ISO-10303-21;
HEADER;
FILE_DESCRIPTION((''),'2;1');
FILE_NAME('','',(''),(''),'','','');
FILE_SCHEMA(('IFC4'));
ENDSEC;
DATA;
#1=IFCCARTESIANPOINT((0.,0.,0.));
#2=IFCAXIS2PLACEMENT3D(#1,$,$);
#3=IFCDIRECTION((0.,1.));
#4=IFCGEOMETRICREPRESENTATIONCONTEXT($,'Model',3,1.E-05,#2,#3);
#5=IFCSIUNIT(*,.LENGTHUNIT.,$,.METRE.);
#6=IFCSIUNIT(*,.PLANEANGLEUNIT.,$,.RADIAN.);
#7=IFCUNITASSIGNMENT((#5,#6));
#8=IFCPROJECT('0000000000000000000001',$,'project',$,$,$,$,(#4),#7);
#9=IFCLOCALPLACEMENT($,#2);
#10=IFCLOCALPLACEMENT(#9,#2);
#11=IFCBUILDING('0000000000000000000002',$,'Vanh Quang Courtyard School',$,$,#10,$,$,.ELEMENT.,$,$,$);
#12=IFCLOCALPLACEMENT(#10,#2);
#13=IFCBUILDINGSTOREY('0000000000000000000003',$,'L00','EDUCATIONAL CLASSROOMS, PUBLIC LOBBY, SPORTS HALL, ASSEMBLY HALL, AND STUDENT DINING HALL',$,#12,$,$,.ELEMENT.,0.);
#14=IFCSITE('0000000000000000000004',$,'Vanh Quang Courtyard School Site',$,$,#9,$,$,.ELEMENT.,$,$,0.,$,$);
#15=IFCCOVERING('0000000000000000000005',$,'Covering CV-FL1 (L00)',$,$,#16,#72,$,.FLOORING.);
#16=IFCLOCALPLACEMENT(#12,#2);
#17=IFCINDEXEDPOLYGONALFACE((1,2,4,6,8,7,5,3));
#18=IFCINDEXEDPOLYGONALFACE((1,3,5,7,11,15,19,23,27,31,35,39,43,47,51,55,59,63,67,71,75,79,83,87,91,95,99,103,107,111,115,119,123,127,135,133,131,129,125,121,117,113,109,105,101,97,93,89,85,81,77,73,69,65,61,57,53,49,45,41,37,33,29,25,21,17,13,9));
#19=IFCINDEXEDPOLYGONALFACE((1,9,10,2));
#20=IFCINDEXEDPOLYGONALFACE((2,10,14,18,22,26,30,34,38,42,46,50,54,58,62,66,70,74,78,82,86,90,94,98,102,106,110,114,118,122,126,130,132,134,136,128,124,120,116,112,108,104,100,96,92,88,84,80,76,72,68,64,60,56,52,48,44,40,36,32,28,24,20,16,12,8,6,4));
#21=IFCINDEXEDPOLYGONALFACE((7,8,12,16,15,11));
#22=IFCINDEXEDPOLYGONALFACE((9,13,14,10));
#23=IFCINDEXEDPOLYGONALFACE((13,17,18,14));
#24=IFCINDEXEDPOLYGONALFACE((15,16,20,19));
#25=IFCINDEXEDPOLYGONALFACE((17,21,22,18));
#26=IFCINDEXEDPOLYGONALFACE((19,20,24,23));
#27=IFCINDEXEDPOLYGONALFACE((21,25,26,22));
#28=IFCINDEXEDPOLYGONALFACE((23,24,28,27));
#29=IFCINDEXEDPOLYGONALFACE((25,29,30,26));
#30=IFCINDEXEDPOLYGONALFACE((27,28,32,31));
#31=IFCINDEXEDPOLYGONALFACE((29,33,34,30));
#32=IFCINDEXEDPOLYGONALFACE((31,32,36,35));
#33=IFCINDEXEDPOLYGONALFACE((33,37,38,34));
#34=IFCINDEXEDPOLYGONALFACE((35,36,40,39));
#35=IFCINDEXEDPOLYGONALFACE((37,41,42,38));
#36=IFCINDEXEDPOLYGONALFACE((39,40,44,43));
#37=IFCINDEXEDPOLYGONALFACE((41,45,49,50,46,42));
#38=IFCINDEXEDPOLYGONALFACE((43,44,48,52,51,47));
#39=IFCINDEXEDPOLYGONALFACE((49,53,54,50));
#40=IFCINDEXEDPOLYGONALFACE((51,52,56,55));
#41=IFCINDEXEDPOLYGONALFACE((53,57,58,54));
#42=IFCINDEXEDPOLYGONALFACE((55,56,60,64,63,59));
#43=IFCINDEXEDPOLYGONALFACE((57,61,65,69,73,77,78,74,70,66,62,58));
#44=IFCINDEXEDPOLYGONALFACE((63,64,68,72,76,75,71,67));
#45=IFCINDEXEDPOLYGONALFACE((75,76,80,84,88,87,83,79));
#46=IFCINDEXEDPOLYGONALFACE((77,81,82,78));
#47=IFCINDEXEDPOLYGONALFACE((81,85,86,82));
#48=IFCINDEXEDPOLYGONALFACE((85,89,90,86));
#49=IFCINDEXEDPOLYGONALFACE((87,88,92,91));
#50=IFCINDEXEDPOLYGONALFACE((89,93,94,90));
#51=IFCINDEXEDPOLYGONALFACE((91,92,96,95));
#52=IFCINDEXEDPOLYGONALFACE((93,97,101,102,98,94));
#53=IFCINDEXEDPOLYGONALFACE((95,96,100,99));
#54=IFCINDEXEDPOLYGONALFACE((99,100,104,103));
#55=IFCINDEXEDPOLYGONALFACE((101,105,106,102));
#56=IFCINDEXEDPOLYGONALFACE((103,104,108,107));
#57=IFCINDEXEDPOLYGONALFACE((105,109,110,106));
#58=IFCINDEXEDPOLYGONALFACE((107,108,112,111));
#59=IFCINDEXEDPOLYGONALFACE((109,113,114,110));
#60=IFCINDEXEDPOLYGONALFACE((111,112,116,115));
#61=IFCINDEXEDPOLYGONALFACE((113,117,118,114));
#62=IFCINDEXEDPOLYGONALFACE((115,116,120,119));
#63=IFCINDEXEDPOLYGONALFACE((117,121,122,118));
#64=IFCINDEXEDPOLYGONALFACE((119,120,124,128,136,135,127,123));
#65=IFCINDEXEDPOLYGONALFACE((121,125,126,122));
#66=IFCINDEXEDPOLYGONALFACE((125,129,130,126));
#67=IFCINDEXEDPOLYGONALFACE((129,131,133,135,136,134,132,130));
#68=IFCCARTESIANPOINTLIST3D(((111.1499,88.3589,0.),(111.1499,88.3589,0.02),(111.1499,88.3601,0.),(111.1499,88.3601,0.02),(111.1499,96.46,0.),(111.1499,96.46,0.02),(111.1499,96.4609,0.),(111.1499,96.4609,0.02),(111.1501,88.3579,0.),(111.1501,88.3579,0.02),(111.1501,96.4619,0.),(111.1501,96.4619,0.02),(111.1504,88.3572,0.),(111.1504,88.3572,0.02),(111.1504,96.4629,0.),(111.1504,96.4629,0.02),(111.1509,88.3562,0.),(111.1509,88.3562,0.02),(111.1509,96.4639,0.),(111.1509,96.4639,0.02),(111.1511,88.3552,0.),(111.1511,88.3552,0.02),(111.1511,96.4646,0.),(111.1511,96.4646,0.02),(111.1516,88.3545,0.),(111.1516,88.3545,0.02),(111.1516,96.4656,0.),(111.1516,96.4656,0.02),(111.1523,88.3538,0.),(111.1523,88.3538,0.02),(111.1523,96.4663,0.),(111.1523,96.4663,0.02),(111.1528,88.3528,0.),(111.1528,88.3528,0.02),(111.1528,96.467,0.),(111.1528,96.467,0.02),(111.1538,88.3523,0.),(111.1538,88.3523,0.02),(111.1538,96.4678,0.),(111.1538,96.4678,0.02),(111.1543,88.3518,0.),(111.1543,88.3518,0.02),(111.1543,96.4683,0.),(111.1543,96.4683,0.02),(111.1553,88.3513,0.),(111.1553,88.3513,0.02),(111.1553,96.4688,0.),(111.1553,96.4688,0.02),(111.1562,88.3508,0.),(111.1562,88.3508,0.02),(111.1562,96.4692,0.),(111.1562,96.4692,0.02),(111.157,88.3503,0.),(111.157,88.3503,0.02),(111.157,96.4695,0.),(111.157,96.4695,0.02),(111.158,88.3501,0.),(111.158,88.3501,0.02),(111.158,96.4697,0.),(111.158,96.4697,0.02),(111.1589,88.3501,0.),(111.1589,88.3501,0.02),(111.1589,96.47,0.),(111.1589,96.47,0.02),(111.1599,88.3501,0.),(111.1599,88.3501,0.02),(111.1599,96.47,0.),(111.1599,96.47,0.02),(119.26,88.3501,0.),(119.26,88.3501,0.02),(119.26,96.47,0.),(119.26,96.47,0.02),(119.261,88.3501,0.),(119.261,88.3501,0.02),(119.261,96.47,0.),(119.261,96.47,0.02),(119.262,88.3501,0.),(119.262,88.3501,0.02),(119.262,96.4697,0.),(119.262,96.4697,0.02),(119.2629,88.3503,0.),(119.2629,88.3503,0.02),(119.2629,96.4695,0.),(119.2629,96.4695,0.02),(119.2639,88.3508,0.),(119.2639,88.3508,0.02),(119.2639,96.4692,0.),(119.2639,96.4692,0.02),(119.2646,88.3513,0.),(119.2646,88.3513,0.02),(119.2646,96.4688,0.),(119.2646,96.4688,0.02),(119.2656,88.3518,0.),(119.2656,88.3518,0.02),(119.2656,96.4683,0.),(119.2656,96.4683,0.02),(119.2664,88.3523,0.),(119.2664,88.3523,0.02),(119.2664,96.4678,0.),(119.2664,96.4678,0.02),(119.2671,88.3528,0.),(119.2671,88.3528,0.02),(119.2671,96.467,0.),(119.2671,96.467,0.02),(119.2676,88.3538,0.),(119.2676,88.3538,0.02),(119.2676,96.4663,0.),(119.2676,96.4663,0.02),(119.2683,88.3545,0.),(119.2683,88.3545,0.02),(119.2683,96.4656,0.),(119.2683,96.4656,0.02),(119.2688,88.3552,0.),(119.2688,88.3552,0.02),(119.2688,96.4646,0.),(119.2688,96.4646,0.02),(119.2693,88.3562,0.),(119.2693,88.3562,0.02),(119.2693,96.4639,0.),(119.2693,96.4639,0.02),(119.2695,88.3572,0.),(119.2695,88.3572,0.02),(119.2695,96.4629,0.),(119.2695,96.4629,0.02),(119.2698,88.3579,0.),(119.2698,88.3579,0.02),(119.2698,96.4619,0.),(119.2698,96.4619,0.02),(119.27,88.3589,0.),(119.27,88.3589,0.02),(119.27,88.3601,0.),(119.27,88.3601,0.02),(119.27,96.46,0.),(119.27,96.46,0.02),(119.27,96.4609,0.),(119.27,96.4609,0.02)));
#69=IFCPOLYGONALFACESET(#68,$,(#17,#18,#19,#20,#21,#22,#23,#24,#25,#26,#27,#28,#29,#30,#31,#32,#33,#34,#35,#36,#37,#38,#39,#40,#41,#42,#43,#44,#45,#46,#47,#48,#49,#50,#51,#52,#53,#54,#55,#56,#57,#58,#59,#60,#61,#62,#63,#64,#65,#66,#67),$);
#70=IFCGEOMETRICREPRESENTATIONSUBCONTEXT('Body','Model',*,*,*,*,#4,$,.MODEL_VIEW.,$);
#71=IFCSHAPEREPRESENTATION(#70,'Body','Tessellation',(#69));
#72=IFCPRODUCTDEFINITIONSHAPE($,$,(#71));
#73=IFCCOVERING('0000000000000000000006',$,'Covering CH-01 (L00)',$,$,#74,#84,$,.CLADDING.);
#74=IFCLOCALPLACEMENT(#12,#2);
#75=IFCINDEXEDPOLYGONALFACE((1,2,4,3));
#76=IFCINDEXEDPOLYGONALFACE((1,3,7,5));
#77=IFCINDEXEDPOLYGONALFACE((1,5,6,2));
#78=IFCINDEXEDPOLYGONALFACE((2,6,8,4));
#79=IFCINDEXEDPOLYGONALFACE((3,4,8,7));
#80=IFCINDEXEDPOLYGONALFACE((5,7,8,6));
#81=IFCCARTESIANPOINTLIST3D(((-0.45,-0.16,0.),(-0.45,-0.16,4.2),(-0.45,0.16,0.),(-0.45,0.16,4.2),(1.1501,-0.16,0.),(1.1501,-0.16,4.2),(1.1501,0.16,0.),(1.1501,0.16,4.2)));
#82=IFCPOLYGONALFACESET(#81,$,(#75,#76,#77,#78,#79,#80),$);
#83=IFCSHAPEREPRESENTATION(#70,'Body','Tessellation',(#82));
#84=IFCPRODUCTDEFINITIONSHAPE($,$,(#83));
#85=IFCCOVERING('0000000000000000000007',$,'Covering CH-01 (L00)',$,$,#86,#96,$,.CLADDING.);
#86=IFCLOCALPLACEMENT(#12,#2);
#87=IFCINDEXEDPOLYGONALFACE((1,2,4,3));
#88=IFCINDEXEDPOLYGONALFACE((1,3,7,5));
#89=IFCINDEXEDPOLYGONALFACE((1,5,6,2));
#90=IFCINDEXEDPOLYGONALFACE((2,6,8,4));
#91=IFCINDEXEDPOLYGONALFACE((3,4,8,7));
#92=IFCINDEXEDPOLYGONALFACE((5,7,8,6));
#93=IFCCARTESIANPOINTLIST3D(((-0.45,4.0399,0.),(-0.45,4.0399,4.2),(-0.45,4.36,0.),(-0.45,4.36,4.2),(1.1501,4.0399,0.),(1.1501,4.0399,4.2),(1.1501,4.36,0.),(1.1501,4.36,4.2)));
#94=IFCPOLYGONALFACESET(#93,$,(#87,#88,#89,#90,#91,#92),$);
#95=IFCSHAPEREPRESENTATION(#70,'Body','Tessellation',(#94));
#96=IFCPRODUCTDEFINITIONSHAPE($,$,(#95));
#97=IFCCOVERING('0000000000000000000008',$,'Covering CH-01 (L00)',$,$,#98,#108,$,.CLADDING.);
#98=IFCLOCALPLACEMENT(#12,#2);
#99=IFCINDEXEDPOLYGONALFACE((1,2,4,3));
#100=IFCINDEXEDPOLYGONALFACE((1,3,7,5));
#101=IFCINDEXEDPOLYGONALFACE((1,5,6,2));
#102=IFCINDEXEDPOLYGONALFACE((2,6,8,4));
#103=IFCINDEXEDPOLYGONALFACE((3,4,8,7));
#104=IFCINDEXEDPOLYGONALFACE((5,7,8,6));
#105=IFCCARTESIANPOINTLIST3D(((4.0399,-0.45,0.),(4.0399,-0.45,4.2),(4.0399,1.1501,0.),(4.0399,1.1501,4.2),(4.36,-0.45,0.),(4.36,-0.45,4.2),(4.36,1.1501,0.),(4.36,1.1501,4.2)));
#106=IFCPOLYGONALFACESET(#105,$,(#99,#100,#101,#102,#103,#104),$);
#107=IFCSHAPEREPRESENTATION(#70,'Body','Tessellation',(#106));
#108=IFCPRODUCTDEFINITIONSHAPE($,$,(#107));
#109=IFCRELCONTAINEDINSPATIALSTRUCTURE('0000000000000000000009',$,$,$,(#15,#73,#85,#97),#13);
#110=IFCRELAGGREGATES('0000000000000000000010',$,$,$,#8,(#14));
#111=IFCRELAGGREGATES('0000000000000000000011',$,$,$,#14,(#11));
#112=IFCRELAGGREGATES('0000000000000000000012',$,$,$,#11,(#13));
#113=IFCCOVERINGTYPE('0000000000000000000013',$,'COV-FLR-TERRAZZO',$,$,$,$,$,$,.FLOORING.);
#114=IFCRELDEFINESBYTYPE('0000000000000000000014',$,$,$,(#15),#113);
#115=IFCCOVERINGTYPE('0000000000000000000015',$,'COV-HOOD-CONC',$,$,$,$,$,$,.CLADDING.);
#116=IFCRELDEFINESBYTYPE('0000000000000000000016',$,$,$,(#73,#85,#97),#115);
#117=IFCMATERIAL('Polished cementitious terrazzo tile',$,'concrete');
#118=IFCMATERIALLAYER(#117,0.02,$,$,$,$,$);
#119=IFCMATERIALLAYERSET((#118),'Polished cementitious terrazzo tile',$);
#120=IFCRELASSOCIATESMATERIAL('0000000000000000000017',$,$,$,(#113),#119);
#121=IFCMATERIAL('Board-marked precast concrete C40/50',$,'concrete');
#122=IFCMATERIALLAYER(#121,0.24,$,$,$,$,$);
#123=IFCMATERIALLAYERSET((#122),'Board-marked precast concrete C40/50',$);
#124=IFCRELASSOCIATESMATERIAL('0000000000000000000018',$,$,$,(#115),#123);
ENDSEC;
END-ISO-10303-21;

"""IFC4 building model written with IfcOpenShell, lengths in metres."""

from ifc_helpers import new_model, si_unit, direction, frame, origin, origin_2d, place, context, subcontext, project, spatial, polyline, rectangle, outline, extrude, material, layer, layer_set, type_object, element, save


model = new_model("IFC4")

# Units and contexts
model_context = context("Model", 3, precision=1e-05, world=origin(), true_north=direction((0.0, 1.0)))
body_context = subcontext(model_context, "Body", "Model", "MODEL_VIEW")
ifc_project = project(units=[si_unit("LENGTHUNIT", "METRE"), si_unit("PLANEANGLEUNIT", "RADIAN")], contexts=[model_context])

# Site, building, storey
site_placement = place(None, origin())
site = spatial("IfcSite", under=ifc_project, at=site_placement, Name="Vanh Quang Courtyard School Site", CompositionType="ELEMENT", RefElevation=0.0)
building_placement = place(site_placement, origin())
building = spatial("IfcBuilding", under=site, at=building_placement, Name="Vanh Quang Courtyard School", CompositionType="ELEMENT")
storey_placement = place(building_placement, origin())
storey = spatial("IfcBuildingStorey", under=building, at=storey_placement, Name="L00", Description="EDUCATIONAL CLASSROOMS, PUBLIC LOBBY, SPORTS HALL, ASSEMBLY HALL, AND STUDENT DINING HALL", CompositionType="ELEMENT", Elevation=0.0)

# Coverings
ifc_material_1 = material(Name="Polished cementitious terrazzo tile", Category="concrete")
ifc_layer_1 = layer(ifc_material_1, 0.02)
ifc_layer_set_1 = layer_set([ifc_layer_1], Name="Polished cementitious terrazzo tile")
covering_type_1 = type_object("IfcCoveringType", Name="COV-FLR-TERRAZZO", PredefinedType="FLOORING", material=ifc_layer_set_1)
covering_1_placement = place(storey_placement, origin())
element("IfcCovering", 1, at=covering_1_placement, inside=storey, type_object=covering_type_1, Name="Covering CV-FL1 (L00)", PredefinedType="FLOORING", context=body_context, shape_type="SweptSolid", body=[
    extrude(outline(polyline([(111.1599, 88.3501), (111.1589, 88.3501), (111.158, 88.3501), (111.157, 88.3503), (111.1562, 88.3508), (111.1553, 88.3513), (111.1543, 88.3518), (111.1538, 88.3523), (111.1528, 88.3528), (111.1523, 88.3538), (111.1516, 88.3545), (111.1511, 88.3552), (111.1509, 88.3562), (111.1504, 88.3572), (111.1501, 88.3579), (111.1499, 88.3589), (111.1499, 88.3601), (111.1499, 96.46), (111.1499, 96.4609), (111.1501, 96.4619), (111.1504, 96.4629), (111.1509, 96.4639), (111.1511, 96.4646), (111.1516, 96.4656), (111.1523, 96.4663), (111.1528, 96.467), (111.1538, 96.4678), (111.1543, 96.4683), (111.1553, 96.4688), (111.1562, 96.4692), (111.157, 96.4695), (111.158, 96.4697), (111.1589, 96.47), (111.1599, 96.47), (119.26, 96.47), (119.261, 96.47), (119.262, 96.4697), (119.2629, 96.4695), (119.2639, 96.4692), (119.2646, 96.4688), (119.2656, 96.4683), (119.2664, 96.4678), (119.2671, 96.467), (119.2676, 96.4663), (119.2683, 96.4656), (119.2688, 96.4646), (119.2693, 96.4639), (119.2695, 96.4629), (119.2698, 96.4619), (119.27, 96.4609), (119.27, 96.46), (119.27, 88.3601), (119.27, 88.3589), (119.2698, 88.3579), (119.2695, 88.3572), (119.2693, 88.3562), (119.2688, 88.3552), (119.2683, 88.3545), (119.2676, 88.3538), (119.2671, 88.3528), (119.2664, 88.3523), (119.2656, 88.3518), (119.2646, 88.3513), (119.2639, 88.3508), (119.2629, 88.3503), (119.262, 88.3501), (119.261, 88.3501), (119.26, 88.3501), (111.1599, 88.3501)])), origin(), (0.0, 0.0, 1.0), 0.02),
])
ifc_material_2 = material(Name="Board-marked precast concrete C40/50", Category="concrete")
ifc_layer_2 = layer(ifc_material_2, 0.24)
ifc_layer_set_2 = layer_set([ifc_layer_2], Name="Board-marked precast concrete C40/50")
covering_type_2 = type_object("IfcCoveringType", Name="COV-HOOD-CONC", PredefinedType="CLADDING", material=ifc_layer_set_2)
for number, where, z_axis, x_axis, name in (
    (2, (0.3501, 0.0, 0.0), (0.0, 0.0, 1.0), (1.0, 0.0, 0.0), "Covering CH-01 (L00)"),
    (3, (0.3501, 4.2, 0.0), (0.0, 0.0, 1.0), (1.0, 0.0, 0.0), "Covering CH-01 (L00)"),
    (4, (4.2, 0.3501, 0.0), (0.0, 0.0, 1.0), (0.0, 1.0, 0.0), "Covering CH-01 (L00)"),
):
    element("IfcCovering", number, at=place(storey_placement, frame(where, z_axis=z_axis, x_axis=x_axis)), inside=storey, type_object=covering_type_2, Name=name, PredefinedType="CLADDING", context=body_context, shape_type="SweptSolid", body=[
        extrude(rectangle(XDim=1.6001, YDim=0.3201, at=origin_2d()), origin(), (0.0, 0.0, 1.0), 4.2),
    ])

save(model, "model.ifc")
